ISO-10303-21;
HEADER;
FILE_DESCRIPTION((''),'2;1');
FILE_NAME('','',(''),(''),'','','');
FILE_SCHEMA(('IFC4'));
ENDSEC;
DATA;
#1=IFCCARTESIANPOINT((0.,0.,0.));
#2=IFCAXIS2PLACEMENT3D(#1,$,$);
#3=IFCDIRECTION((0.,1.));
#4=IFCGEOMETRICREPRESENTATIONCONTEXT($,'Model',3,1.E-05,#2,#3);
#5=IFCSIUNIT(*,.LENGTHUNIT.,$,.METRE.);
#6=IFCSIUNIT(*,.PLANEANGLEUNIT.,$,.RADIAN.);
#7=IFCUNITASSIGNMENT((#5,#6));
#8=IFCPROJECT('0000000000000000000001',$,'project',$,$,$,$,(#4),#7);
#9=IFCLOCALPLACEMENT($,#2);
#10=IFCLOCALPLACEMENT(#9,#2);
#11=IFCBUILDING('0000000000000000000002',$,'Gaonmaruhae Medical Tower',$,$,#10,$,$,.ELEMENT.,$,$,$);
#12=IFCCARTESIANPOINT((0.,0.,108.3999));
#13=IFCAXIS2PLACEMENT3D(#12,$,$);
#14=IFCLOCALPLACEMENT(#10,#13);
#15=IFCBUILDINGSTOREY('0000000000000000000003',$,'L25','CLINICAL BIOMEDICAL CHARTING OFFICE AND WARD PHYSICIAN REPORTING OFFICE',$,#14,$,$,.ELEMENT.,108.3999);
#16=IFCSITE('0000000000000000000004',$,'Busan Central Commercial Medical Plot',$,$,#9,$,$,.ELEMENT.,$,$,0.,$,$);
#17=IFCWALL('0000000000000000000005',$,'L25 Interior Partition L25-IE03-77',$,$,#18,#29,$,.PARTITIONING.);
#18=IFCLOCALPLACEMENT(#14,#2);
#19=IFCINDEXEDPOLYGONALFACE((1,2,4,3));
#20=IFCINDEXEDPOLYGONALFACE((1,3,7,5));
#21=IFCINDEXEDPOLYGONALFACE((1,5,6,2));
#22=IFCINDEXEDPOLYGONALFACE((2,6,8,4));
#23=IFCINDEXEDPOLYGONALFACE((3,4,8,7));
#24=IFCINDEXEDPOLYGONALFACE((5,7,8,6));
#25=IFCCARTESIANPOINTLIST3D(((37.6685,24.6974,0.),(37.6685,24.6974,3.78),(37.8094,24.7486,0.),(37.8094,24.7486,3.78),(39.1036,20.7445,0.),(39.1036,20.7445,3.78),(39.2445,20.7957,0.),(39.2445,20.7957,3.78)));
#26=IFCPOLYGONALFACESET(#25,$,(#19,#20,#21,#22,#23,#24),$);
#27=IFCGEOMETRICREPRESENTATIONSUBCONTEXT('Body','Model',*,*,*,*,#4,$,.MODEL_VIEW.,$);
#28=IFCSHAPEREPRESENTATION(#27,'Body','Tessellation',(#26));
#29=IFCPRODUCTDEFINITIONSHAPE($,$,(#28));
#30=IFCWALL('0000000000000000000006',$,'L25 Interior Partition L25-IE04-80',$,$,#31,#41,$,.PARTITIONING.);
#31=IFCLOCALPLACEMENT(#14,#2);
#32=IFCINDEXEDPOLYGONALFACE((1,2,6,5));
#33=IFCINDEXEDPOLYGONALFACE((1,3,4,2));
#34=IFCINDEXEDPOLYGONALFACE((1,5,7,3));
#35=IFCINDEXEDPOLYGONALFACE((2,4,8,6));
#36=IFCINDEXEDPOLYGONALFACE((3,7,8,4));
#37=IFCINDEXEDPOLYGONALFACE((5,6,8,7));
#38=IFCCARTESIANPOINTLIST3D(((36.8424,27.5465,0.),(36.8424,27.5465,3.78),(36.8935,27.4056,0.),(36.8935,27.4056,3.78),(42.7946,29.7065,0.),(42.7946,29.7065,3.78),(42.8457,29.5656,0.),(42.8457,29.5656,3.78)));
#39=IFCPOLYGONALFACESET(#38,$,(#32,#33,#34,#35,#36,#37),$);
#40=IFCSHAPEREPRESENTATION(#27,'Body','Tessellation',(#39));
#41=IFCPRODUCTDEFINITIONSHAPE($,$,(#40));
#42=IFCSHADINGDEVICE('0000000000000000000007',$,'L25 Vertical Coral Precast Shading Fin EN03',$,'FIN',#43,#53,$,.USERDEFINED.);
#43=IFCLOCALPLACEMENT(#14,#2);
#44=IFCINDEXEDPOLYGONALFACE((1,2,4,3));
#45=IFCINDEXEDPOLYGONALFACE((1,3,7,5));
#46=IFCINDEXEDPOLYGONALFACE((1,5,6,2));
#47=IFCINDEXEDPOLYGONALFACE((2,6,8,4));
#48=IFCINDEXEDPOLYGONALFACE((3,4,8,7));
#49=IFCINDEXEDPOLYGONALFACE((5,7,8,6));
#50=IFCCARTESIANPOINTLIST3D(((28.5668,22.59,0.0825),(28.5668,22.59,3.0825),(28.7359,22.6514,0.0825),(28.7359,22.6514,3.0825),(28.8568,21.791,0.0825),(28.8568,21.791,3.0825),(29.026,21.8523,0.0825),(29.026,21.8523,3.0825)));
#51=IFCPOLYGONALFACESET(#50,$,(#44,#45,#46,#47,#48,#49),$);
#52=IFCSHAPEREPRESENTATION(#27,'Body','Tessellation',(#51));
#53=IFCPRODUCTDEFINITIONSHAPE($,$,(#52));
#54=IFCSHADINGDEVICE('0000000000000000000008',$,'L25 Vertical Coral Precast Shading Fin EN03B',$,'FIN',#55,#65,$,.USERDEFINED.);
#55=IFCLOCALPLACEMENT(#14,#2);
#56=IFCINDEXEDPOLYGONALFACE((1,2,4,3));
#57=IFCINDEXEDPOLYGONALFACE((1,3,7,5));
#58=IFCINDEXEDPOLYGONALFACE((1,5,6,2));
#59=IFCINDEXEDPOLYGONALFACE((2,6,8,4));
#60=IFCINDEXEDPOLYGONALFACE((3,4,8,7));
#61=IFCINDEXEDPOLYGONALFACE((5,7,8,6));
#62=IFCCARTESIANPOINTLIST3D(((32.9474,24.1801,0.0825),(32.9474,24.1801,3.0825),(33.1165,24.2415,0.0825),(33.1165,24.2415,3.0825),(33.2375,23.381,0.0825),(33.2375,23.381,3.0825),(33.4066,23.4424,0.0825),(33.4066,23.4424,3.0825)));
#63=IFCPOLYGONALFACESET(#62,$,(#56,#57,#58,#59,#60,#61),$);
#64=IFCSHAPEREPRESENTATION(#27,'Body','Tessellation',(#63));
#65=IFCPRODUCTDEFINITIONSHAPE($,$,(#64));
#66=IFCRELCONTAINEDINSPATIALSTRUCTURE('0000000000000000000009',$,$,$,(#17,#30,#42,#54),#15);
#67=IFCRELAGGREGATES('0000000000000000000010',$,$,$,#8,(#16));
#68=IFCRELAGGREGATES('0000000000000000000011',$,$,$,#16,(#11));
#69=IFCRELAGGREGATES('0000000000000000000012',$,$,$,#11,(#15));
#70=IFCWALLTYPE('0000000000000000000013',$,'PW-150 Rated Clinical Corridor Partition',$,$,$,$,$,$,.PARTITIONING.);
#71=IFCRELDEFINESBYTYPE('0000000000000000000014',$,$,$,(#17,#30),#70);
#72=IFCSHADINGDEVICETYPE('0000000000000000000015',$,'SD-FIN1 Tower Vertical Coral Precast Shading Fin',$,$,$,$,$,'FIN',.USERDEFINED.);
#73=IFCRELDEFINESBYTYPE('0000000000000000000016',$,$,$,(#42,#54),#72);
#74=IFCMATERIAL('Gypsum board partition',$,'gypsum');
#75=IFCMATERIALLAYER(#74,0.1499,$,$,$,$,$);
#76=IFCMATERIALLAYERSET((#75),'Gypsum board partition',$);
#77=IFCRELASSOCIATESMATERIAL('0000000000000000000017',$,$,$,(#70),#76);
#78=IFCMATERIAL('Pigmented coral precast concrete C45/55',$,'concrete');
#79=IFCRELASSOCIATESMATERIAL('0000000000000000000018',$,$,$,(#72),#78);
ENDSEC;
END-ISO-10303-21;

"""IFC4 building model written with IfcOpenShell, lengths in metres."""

from ifc_helpers import new_model, si_unit, direction, frame, frame_2d, origin, origin_2d, place, context, subcontext, project, spatial, rectangle, extrude, material, layer, layer_set, type_object, element, save


model = new_model("IFC4")

# Units and contexts
model_context = context("Model", 3, precision=1e-05, world=origin(), true_north=direction((0.0, 1.0)))
body_context = subcontext(model_context, "Body", "Model", "MODEL_VIEW")
ifc_project = project(units=[si_unit("LENGTHUNIT", "METRE"), si_unit("PLANEANGLEUNIT", "RADIAN")], contexts=[model_context])

# Site, building, storey
site_placement = place(None, origin())
site = spatial("IfcSite", under=ifc_project, at=site_placement, Name="Busan Central Commercial Medical Plot", CompositionType="ELEMENT", RefElevation=0.0)
building_placement = place(site_placement, origin())
building = spatial("IfcBuilding", under=site, at=building_placement, Name="Gaonmaruhae Medical Tower", CompositionType="ELEMENT")
storey_placement = place(building_placement, frame((0.0, 0.0, 108.3999)))
storey = spatial("IfcBuildingStorey", under=building, at=storey_placement, Name="L25", Description="CLINICAL BIOMEDICAL CHARTING OFFICE AND WARD PHYSICIAN REPORTING OFFICE", CompositionType="ELEMENT", Elevation=108.3999)

# Shared definitions
ifc_material_1 = material(Name="Gypsum board partition", Category="gypsum")
ifc_layer_1 = layer(ifc_material_1, 0.1499)
ifc_layer_set_1 = layer_set([ifc_layer_1], Name="Gypsum board partition")
wall_type_1 = type_object("IfcWallType", Name="PW-150 Rated Clinical Corridor Partition", PredefinedType="PARTITIONING", material=ifc_layer_set_1)

# Walls
wall_1_placement = place(storey_placement, frame((37.739, 24.7229, 0.0), z_axis=(0.0, 0.0, 1.0), x_axis=(0.341249, -0.939973, 0.0)))
element("IfcWall", 1, at=wall_1_placement, inside=storey, type_object=wall_type_1, Name="L25 Interior Partition L25-IE03-77", PredefinedType="PARTITIONING", context=body_context, shape_type="SweptSolid", body=[
    extrude(rectangle(XDim=4.2053, YDim=0.1499, at=frame_2d((2.1025, 0.0))), origin(), (0.0, 0.0, 1.0), 3.78),
])
wall_2_placement = place(storey_placement, frame((36.8679, 27.4761, 0.0), z_axis=(0.0, 0.0, 1.0), x_axis=(0.940022, 0.341115, 0.0)))
element("IfcWall", 2, at=wall_2_placement, inside=storey, type_object=wall_type_1, Name="L25 Interior Partition L25-IE04-80", PredefinedType="PARTITIONING", context=body_context, shape_type="SweptSolid", body=[
    extrude(rectangle(XDim=6.332, YDim=0.1499, at=frame_2d((3.166, 0.0))), origin(), (0.0, 0.0, 1.0), 3.78),
])

# Shading devices
ifc_material_2 = material(Name="Pigmented coral precast concrete C45/55", Category="concrete")
shading_device_type = type_object("IfcShadingDeviceType", Name="SD-FIN1 Tower Vertical Coral Precast Shading Fin", ElementType="FIN", PredefinedType="USERDEFINED", material=ifc_material_2)
for number, where, z_axis, x_axis, name in (
    (3, (28.7964, 22.2212, 0.0825), (0.0, 0.0, 1.0), (0.939991, 0.3412, 0.0), "L25 Vertical Coral Precast Shading Fin EN03"),
    (4, (33.177, 23.8113, 0.0825), (0.0, 0.0, 1.0), (0.939991, 0.3412, 0.0), "L25 Vertical Coral Precast Shading Fin EN03B"),
):
    element("IfcShadingDevice", number, at=place(storey_placement, frame(where, z_axis=z_axis, x_axis=x_axis)), inside=storey, type_object=shading_device_type, Name=name, ObjectType="FIN", PredefinedType="USERDEFINED", context=body_context, shape_type="SweptSolid", body=[
        extrude(rectangle(XDim=0.1799, YDim=0.8501, at=origin_2d()), origin(), (0.0, 0.0, 1.0), 3.0),
    ])

save(model, "model.ifc")
